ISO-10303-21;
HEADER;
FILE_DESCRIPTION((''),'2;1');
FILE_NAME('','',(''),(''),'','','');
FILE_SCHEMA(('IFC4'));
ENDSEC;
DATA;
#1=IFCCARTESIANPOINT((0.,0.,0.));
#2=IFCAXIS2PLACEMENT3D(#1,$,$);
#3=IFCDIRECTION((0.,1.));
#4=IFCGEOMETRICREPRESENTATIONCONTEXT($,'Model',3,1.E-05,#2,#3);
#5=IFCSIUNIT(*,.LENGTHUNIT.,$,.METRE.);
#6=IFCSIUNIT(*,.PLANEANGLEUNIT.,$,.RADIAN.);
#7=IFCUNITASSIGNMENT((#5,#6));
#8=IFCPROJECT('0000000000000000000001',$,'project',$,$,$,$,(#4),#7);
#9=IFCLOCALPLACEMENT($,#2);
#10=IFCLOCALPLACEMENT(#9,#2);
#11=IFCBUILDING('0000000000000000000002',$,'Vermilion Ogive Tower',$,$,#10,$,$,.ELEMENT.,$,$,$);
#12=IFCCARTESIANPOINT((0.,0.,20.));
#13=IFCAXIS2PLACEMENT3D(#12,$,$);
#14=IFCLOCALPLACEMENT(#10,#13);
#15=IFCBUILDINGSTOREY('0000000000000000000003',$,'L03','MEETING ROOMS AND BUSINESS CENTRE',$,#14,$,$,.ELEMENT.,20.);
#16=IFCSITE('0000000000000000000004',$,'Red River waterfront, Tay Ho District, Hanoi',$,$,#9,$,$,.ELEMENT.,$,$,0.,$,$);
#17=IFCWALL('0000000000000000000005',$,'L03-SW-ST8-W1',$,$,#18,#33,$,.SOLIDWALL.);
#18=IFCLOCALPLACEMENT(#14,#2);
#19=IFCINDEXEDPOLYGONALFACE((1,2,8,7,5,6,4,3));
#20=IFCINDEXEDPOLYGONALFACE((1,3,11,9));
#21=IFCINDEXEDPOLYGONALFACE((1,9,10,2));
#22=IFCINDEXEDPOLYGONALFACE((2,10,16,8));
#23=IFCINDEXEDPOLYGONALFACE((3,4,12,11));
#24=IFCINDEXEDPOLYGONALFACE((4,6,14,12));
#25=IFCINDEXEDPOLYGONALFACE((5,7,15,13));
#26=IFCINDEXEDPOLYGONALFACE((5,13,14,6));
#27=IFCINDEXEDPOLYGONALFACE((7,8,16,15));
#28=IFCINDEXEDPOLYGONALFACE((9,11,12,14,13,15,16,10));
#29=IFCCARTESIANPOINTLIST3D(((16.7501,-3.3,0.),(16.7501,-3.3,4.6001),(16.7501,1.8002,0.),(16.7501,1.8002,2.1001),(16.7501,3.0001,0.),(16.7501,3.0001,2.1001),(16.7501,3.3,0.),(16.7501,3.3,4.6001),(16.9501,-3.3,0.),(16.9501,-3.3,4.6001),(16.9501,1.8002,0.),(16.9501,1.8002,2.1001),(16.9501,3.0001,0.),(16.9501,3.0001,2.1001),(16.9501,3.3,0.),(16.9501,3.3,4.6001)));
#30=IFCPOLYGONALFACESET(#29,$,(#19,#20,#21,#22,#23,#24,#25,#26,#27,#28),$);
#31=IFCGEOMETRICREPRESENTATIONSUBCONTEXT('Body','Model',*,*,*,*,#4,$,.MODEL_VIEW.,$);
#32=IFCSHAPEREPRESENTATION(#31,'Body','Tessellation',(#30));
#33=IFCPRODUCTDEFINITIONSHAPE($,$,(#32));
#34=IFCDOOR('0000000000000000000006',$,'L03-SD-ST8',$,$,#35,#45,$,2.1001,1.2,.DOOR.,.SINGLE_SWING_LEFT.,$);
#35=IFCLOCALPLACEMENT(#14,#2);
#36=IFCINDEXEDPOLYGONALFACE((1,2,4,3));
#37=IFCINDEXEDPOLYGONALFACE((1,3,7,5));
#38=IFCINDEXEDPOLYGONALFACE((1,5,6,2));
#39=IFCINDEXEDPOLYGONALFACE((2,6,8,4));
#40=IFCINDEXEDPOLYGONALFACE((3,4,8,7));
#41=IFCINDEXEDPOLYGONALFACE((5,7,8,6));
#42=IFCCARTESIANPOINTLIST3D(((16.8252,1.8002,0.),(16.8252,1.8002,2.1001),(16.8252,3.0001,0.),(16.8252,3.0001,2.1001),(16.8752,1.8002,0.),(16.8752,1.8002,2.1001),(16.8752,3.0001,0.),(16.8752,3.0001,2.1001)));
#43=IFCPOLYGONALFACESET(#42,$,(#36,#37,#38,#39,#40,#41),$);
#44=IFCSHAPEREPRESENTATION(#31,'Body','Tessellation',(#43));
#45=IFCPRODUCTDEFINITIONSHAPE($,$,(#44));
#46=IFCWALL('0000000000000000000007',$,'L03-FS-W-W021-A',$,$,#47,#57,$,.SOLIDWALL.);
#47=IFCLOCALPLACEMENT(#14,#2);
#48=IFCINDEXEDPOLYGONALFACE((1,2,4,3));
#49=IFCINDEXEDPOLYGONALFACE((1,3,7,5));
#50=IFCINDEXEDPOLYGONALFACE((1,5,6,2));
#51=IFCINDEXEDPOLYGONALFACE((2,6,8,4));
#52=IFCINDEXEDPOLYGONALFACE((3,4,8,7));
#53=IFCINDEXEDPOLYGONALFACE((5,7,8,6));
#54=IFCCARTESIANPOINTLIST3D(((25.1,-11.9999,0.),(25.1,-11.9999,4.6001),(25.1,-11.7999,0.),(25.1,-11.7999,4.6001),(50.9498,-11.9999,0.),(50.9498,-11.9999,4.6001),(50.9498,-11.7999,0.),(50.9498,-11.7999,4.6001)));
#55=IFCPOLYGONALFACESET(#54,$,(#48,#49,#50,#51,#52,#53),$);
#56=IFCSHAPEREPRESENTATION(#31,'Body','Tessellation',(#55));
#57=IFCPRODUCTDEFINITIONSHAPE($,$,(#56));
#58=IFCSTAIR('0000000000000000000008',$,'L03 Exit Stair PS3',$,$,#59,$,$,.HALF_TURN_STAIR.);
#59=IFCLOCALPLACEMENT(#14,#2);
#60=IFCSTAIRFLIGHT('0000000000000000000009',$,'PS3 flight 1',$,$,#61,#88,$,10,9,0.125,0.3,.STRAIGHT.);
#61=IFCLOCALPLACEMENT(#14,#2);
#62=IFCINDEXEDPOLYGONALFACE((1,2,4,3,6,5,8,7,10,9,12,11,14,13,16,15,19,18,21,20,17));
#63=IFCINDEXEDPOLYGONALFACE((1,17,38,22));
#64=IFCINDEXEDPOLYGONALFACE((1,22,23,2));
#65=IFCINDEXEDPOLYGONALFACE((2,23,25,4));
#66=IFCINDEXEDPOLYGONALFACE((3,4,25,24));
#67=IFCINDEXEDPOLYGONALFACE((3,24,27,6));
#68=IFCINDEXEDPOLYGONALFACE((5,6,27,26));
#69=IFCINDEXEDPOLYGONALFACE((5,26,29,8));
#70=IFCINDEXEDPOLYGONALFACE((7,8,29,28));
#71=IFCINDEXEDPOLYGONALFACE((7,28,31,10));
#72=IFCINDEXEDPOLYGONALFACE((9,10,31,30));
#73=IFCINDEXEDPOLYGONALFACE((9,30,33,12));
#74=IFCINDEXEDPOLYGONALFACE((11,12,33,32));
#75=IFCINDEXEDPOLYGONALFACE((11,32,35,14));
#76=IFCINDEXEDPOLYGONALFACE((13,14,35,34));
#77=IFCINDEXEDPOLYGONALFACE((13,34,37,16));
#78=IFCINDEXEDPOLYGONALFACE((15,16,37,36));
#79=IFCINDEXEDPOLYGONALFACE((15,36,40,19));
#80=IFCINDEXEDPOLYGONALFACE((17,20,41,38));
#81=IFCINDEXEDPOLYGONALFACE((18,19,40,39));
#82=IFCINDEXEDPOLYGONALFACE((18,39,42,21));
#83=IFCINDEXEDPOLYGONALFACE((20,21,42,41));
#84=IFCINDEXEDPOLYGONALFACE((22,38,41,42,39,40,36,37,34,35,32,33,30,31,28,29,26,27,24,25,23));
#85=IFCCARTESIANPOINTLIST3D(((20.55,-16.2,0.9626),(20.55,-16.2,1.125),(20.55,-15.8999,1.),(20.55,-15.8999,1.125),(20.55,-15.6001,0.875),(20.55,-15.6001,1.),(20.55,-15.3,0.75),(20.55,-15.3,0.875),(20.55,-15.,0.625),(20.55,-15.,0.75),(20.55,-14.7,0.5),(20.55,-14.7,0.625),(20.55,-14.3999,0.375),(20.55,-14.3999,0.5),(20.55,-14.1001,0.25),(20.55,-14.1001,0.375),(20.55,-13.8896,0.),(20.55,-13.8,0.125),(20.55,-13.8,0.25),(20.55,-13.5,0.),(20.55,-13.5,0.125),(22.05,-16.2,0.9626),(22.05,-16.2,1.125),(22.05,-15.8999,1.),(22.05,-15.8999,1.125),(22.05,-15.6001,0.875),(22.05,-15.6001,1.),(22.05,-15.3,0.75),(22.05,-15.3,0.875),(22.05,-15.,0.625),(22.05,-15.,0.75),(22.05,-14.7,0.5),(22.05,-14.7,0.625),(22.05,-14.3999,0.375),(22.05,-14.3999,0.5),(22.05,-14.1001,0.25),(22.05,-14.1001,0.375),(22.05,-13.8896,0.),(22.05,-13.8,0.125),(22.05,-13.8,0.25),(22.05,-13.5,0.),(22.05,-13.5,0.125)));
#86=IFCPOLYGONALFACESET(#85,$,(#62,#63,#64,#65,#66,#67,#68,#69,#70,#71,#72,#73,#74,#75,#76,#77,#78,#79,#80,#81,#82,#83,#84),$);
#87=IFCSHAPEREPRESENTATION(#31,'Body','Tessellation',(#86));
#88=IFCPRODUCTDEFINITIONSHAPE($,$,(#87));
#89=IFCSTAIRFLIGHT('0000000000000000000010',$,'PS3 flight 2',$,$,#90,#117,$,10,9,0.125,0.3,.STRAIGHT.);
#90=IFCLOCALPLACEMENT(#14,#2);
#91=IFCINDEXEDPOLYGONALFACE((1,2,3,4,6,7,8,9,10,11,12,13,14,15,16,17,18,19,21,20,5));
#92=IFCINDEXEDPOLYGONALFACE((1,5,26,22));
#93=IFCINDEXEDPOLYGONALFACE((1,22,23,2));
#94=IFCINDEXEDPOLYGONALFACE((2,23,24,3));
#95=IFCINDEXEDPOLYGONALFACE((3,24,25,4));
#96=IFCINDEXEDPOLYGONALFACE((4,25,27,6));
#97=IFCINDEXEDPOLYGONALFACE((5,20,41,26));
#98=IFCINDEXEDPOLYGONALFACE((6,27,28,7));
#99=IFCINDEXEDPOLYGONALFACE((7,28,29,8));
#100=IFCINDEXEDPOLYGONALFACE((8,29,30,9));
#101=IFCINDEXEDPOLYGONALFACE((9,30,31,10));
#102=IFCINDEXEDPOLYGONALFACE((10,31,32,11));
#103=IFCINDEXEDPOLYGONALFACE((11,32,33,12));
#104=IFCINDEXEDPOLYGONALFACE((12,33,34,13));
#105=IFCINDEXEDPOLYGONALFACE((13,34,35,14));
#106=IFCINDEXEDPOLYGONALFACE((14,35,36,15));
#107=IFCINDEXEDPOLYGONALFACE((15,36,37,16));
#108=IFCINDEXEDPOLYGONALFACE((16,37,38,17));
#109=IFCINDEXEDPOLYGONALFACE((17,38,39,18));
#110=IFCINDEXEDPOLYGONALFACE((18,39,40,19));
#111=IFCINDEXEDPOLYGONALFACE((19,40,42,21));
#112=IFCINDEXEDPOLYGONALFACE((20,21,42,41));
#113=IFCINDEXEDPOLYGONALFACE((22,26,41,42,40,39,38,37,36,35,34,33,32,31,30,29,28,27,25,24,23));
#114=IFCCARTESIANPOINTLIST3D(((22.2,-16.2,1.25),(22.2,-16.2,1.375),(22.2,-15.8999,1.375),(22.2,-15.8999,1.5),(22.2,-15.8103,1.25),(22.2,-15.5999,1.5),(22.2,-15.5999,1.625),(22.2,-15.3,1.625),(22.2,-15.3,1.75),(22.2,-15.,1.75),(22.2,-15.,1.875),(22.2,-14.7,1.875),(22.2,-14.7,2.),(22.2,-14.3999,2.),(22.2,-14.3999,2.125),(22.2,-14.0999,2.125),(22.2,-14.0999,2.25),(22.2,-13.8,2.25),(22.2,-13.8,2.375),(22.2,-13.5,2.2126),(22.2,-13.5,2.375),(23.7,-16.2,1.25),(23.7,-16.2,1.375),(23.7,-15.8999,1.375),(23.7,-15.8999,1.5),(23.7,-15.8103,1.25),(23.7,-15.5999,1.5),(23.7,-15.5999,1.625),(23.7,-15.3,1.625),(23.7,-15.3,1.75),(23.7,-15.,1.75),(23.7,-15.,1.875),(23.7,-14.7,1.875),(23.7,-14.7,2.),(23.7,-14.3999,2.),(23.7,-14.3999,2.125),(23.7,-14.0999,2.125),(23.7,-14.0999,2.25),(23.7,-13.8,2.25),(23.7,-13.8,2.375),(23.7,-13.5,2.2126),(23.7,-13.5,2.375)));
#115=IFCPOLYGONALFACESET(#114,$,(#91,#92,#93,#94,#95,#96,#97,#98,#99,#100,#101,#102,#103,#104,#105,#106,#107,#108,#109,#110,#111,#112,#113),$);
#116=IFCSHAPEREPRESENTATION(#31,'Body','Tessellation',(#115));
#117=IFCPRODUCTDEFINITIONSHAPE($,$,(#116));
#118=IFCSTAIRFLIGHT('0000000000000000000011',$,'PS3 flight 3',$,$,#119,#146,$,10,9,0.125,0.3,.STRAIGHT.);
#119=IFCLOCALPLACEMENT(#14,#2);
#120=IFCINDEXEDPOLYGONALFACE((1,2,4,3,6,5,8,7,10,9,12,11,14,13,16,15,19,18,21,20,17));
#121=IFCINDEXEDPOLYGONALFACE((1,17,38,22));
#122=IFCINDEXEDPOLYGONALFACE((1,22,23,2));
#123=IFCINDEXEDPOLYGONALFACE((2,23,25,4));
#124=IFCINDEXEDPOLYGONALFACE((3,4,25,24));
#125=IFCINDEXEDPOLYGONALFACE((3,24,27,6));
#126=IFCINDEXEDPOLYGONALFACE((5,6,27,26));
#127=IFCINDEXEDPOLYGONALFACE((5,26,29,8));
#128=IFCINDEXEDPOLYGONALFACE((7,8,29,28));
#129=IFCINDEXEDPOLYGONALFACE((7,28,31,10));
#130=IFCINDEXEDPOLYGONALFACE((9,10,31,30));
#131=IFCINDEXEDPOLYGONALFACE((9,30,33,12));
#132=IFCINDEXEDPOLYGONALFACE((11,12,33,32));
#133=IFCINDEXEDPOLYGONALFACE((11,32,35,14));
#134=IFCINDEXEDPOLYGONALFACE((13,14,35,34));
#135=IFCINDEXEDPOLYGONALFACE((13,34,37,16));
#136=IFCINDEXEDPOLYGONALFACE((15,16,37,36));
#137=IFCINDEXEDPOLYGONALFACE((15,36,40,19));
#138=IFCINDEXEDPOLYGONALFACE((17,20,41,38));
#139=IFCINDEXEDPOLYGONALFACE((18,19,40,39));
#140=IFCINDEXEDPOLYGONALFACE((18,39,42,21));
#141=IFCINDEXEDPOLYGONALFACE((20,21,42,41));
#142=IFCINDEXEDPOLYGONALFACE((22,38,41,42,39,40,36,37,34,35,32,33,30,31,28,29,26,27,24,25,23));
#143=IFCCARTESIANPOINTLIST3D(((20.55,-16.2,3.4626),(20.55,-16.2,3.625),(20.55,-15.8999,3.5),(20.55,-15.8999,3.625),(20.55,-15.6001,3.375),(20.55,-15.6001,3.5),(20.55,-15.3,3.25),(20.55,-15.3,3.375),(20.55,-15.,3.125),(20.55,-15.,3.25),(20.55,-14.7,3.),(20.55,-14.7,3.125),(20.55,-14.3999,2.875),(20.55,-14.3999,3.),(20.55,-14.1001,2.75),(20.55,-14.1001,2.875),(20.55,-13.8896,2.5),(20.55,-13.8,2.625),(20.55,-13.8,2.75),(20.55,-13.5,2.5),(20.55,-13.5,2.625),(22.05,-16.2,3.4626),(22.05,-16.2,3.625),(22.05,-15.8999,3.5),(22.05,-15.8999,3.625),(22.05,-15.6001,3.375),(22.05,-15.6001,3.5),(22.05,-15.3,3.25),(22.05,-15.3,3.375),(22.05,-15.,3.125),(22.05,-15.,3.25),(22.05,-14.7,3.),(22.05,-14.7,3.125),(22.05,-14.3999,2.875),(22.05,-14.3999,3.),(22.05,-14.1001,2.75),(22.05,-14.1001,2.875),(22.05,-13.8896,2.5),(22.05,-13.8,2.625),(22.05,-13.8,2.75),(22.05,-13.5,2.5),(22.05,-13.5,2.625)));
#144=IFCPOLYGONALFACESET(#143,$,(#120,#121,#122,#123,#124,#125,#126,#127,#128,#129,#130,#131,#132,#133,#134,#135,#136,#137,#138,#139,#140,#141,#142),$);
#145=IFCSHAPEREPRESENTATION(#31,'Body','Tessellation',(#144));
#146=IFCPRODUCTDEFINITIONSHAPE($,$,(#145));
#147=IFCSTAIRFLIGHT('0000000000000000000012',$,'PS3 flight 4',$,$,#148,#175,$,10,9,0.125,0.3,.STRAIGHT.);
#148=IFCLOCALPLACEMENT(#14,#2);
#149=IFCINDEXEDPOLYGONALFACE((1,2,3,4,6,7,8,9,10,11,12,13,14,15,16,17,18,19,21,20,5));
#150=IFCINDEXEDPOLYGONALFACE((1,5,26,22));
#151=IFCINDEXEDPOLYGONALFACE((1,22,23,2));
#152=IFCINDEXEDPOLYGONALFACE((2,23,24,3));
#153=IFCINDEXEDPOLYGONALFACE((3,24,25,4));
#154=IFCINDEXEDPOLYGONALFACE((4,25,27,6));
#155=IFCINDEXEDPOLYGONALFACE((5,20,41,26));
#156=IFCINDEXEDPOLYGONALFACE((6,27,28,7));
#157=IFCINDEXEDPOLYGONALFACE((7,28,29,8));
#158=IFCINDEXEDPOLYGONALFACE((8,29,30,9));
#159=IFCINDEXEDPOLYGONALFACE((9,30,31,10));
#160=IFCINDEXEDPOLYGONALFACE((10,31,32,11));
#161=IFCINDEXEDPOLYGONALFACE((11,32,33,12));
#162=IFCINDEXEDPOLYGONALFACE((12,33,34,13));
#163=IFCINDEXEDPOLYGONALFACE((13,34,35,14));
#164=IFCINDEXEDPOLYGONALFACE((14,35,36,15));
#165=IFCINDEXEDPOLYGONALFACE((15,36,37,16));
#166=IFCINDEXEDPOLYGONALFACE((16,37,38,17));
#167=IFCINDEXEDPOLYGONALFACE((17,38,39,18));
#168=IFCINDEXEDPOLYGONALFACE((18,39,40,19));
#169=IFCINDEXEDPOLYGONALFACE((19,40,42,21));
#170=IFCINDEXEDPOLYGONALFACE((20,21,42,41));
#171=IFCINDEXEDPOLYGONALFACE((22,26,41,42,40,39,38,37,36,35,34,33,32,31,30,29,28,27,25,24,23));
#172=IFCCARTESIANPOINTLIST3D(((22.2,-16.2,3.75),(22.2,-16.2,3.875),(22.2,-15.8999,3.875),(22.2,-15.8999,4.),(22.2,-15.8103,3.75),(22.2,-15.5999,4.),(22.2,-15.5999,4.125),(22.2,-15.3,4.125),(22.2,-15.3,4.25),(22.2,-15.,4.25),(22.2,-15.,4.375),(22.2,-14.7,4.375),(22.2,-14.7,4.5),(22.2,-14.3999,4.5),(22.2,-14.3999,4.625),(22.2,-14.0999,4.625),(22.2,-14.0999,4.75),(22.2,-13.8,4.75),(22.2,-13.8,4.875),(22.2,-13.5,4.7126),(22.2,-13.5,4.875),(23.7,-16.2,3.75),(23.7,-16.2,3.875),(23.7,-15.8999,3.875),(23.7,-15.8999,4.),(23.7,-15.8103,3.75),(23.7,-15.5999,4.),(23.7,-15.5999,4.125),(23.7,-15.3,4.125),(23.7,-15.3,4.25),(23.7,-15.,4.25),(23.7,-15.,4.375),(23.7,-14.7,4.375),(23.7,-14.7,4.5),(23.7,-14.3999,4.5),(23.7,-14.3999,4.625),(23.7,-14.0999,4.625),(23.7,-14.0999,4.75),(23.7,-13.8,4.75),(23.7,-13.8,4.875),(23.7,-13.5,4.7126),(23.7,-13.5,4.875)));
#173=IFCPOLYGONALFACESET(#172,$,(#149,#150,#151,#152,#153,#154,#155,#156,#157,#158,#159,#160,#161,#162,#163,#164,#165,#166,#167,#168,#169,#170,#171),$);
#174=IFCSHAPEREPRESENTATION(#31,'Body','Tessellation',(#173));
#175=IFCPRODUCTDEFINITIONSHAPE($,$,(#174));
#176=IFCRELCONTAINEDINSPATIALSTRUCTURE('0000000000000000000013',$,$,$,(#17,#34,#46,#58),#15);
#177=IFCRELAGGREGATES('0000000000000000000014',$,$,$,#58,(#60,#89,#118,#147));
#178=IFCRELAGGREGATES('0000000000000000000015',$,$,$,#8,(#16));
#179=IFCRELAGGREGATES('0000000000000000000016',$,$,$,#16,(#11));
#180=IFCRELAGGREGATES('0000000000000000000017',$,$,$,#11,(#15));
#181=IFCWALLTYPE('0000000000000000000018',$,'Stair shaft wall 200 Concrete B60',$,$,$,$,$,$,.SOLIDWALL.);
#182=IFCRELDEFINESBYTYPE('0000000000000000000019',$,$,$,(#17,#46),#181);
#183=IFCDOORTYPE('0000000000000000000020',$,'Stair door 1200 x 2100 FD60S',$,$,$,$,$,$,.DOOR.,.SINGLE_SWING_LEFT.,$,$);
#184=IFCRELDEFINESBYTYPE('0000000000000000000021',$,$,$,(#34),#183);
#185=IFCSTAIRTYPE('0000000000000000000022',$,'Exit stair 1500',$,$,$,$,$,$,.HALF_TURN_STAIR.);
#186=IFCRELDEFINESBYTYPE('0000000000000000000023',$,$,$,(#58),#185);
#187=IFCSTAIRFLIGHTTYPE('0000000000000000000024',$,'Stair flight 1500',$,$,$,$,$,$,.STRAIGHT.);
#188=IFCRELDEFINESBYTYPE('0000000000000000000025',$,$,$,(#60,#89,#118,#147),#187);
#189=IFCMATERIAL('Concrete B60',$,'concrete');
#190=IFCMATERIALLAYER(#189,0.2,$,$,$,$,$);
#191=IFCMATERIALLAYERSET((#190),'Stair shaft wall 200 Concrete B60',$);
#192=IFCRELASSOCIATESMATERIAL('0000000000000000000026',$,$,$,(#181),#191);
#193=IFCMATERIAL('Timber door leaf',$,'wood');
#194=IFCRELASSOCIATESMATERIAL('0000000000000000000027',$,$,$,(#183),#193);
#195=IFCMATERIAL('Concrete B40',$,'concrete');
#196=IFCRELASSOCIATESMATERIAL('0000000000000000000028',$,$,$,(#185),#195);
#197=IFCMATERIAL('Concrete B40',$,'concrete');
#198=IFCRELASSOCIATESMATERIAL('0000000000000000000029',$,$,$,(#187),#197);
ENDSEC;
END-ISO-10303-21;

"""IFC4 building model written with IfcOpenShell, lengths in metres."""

from ifc_helpers import new_model, si_unit, direction, frame, frame_2d, origin, place, context, subcontext, project, spatial, polyline, rectangle, outline, extrude, material, layer, layer_set, type_object, element, fill, aggregate, save


model = new_model("IFC4")

# Units and contexts
model_context = context("Model", 3, precision=1e-05, world=origin(), true_north=direction((0.0, 1.0)))
body_context = subcontext(model_context, "Body", "Model", "MODEL_VIEW")
ifc_project = project(units=[si_unit("LENGTHUNIT", "METRE"), si_unit("PLANEANGLEUNIT", "RADIAN")], contexts=[model_context])

# Site, building, storey
site_placement = place(None, origin())
site = spatial("IfcSite", under=ifc_project, at=site_placement, Name="Red River waterfront, Tay Ho District, Hanoi", CompositionType="ELEMENT", RefElevation=0.0)
building_placement = place(site_placement, origin())
building = spatial("IfcBuilding", under=site, at=building_placement, Name="Vermilion Ogive Tower", CompositionType="ELEMENT")
storey_placement = place(building_placement, frame((0.0, 0.0, 20.0)))
storey = spatial("IfcBuildingStorey", under=building, at=storey_placement, Name="L03", Description="MEETING ROOMS AND BUSINESS CENTRE", CompositionType="ELEMENT", Elevation=20.0)

# Wall, opening, door
ifc_material_1 = material(Name="Concrete B60", Category="concrete")
ifc_layer = layer(ifc_material_1, 0.2)
ifc_layer_set = layer_set([ifc_layer], Name="Stair shaft wall 200 Concrete B60")
wall_type = type_object("IfcWallType", Name="Stair shaft wall 200 Concrete B60", PredefinedType="SOLIDWALL", material=ifc_layer_set)
wall_1_placement = place(storey_placement, frame((16.8501, -3.3, 0.0), z_axis=(0.0, 0.0, 1.0), x_axis=(0.0, 1.0, 0.0)))
wall_1 = element("IfcWall", 1, at=wall_1_placement, inside=storey, type_object=wall_type, Name="L03-SW-ST8-W1", PredefinedType="SOLIDWALL", context=body_context, shape_type="SweptSolid", body=[
    extrude(rectangle(XDim=6.6001, YDim=0.2, at=frame_2d((3.3, 0.0))), origin(), (0.0, 0.0, 1.0), 4.6001),
])
opening_placement = place(wall_1_placement, frame((5.1001, 0.0, 0.0)))
opening = element("IfcOpeningElement", 2, at=opening_placement, cuts=wall_1, PredefinedType="OPENING", context=body_context, shape_type="SweptSolid", body=[
    extrude(rectangle(XDim=1.2, YDim=2.1001, at=frame_2d((0.6001, 1.05))), frame((0.0, 0.1099, 0.0), z_axis=(0.0, -1.0, 0.0), x_axis=(1.0, 0.0, 0.0)), (0.0, 0.0, 1.0), 0.22),
])
ifc_material_2 = material(Name="Timber door leaf", Category="wood")
door_type = type_object("IfcDoorType", Name="Stair door 1200 x 2100 FD60S", OperationType="SINGLE_SWING_LEFT", PredefinedType="DOOR", material=ifc_material_2)
door_placement = place(opening_placement, origin())
door = element("IfcDoor", 3, at=door_placement, inside=storey, type_object=door_type, Name="L03-SD-ST8", OperationType="SINGLE_SWING_LEFT", OverallHeight=2.1001, OverallWidth=1.2, PredefinedType="DOOR", context=body_context, shape_type="SweptSolid", body=[
    extrude(rectangle(XDim=1.2, YDim=2.1001, at=frame_2d((0.6001, 1.05))), frame((0.0, 0.0249, 0.0), z_axis=(0.0, -1.0, 0.0), x_axis=(1.0, 0.0, 0.0)), (0.0, 0.0, 1.0), 0.05),
])
fill(opening, door)

# Wall
wall_2_placement = place(storey_placement, frame((25.1001, -11.8999, 0.0), z_axis=(0.0, 0.0, 1.0), x_axis=(1.0, 0.0, 0.0)))
element("IfcWall", 4, at=wall_2_placement, inside=storey, type_object=wall_type, Name="L03-FS-W-W021-A", PredefinedType="SOLIDWALL", context=body_context, shape_type="SweptSolid", body=[
    extrude(rectangle(XDim=25.8499, YDim=0.2, at=frame_2d((12.9248, 0.0))), origin(), (0.0, 0.0, 1.0), 4.6001),
])

# Stair, stair flights
ifc_material_3 = material(Name="Concrete B40", Category="concrete")
stair_type = type_object("IfcStairType", Name="Exit stair 1500", PredefinedType="HALF_TURN_STAIR", material=ifc_material_3)
stair_placement = place(storey_placement, origin())
stair = element("IfcStair", 5, at=stair_placement, inside=storey, type_object=stair_type, Name="L03 Exit Stair PS3", PredefinedType="HALF_TURN_STAIR")
ifc_material_4 = material(Name="Concrete B40", Category="concrete")
stair_flight_type = type_object("IfcStairFlightType", Name="Stair flight 1500", PredefinedType="STRAIGHT", material=ifc_material_4)
stair_flight_1_placement = place(storey_placement, frame((21.3, -13.5, 0.0), z_axis=(0.0, 0.0, 1.0), x_axis=(0.0, -1.0, 0.0)))
stair_flight_1 = element("IfcStairFlight", 6, at=stair_flight_1_placement, type_object=stair_flight_type, Name="PS3 flight 1", NumberOfRisers=10, NumberOfTreads=9, PredefinedType="STRAIGHT", RiserHeight=0.125, TreadLength=0.3, context=body_context, shape_type="SweptSolid", body=[
    extrude(outline(polyline([(0.0, 0.0), (0.0, 0.125), (0.3, 0.125), (0.3, 0.25), (0.6001, 0.25), (0.6001, 0.375), (0.8999, 0.375), (0.8999, 0.5), (1.2, 0.5), (1.2, 0.625), (1.5, 0.625), (1.5, 0.75), (1.8, 0.75), (1.8, 0.875), (2.1001, 0.875), (2.1001, 1.0), (2.3999, 1.0), (2.3999, 1.125), (2.7, 1.125), (2.7, 1.25), (2.7, 0.9626), (0.3896, 0.0), (0.0, 0.0)])), frame((0.0, 0.75, 0.0), z_axis=(0.0, -1.0, 0.0), x_axis=(1.0, 0.0, 0.0)), (0.0, 0.0, 1.0), 1.5),
])
stair_flight_2_placement = place(storey_placement, frame((22.95, -16.2, 1.25), z_axis=(0.0, 0.0, 1.0), x_axis=(0.0, 1.0, 0.0)))
stair_flight_2 = element("IfcStairFlight", 7, at=stair_flight_2_placement, type_object=stair_flight_type, Name="PS3 flight 2", NumberOfRisers=10, NumberOfTreads=9, PredefinedType="STRAIGHT", RiserHeight=0.125, TreadLength=0.3, context=body_context, shape_type="SweptSolid", body=[
    extrude(outline(polyline([(0.0, 0.0), (0.0, 0.125), (0.3, 0.125), (0.3, 0.25), (0.6001, 0.25), (0.6001, 0.375), (0.8999, 0.375), (0.8999, 0.5), (1.2, 0.5), (1.2, 0.625), (1.5, 0.625), (1.5, 0.75), (1.8, 0.75), (1.8, 0.875), (2.1001, 0.875), (2.1001, 1.0), (2.3999, 1.0), (2.3999, 1.125), (2.7, 1.125), (2.7, 1.25), (2.7, 0.9626), (0.3896, 0.0), (0.0, 0.0)])), frame((0.0, 0.75, 0.0), z_axis=(0.0, -1.0, 0.0), x_axis=(1.0, 0.0, 0.0)), (0.0, 0.0, 1.0), 1.5),
])
stair_flight_3_placement = place(storey_placement, frame((21.3, -13.5, 2.5), z_axis=(0.0, 0.0, 1.0), x_axis=(0.0, -1.0, 0.0)))
stair_flight_3 = element("IfcStairFlight", 8, at=stair_flight_3_placement, type_object=stair_flight_type, Name="PS3 flight 3", NumberOfRisers=10, NumberOfTreads=9, PredefinedType="STRAIGHT", RiserHeight=0.125, TreadLength=0.3, context=body_context, shape_type="SweptSolid", body=[
    extrude(outline(polyline([(0.0, 0.0), (0.0, 0.125), (0.3, 0.125), (0.3, 0.25), (0.6001, 0.25), (0.6001, 0.375), (0.8999, 0.375), (0.8999, 0.5), (1.2, 0.5), (1.2, 0.625), (1.5, 0.625), (1.5, 0.75), (1.8, 0.75), (1.8, 0.875), (2.1001, 0.875), (2.1001, 1.0), (2.3999, 1.0), (2.3999, 1.125), (2.7, 1.125), (2.7, 1.25), (2.7, 0.9626), (0.3896, 0.0), (0.0, 0.0)])), frame((0.0, 0.75, 0.0), z_axis=(0.0, -1.0, 0.0), x_axis=(1.0, 0.0, 0.0)), (0.0, 0.0, 1.0), 1.5),
])
stair_flight_4_placement = place(storey_placement, frame((22.95, -16.2, 3.75), z_axis=(0.0, 0.0, 1.0), x_axis=(0.0, 1.0, 0.0)))
stair_flight_4 = element("IfcStairFlight", 9, at=stair_flight_4_placement, type_object=stair_flight_type, Name="PS3 flight 4", NumberOfRisers=10, NumberOfTreads=9, PredefinedType="STRAIGHT", RiserHeight=0.125, TreadLength=0.3, context=body_context, shape_type="SweptSolid", body=[
    extrude(outline(polyline([(0.0, 0.0), (0.0, 0.125), (0.3, 0.125), (0.3, 0.25), (0.6001, 0.25), (0.6001, 0.375), (0.8999, 0.375), (0.8999, 0.5), (1.2, 0.5), (1.2, 0.625), (1.5, 0.625), (1.5, 0.75), (1.8, 0.75), (1.8, 0.875), (2.1001, 0.875), (2.1001, 1.0), (2.3999, 1.0), (2.3999, 1.125), (2.7, 1.125), (2.7, 1.25), (2.7, 0.9626), (0.3896, 0.0), (0.0, 0.0)])), frame((0.0, 0.75, 0.0), z_axis=(0.0, -1.0, 0.0), x_axis=(1.0, 0.0, 0.0)), (0.0, 0.0, 1.0), 1.5),
])
aggregate(stair, [stair_flight_1, stair_flight_2, stair_flight_3, stair_flight_4])

save(model, "model.ifc")
